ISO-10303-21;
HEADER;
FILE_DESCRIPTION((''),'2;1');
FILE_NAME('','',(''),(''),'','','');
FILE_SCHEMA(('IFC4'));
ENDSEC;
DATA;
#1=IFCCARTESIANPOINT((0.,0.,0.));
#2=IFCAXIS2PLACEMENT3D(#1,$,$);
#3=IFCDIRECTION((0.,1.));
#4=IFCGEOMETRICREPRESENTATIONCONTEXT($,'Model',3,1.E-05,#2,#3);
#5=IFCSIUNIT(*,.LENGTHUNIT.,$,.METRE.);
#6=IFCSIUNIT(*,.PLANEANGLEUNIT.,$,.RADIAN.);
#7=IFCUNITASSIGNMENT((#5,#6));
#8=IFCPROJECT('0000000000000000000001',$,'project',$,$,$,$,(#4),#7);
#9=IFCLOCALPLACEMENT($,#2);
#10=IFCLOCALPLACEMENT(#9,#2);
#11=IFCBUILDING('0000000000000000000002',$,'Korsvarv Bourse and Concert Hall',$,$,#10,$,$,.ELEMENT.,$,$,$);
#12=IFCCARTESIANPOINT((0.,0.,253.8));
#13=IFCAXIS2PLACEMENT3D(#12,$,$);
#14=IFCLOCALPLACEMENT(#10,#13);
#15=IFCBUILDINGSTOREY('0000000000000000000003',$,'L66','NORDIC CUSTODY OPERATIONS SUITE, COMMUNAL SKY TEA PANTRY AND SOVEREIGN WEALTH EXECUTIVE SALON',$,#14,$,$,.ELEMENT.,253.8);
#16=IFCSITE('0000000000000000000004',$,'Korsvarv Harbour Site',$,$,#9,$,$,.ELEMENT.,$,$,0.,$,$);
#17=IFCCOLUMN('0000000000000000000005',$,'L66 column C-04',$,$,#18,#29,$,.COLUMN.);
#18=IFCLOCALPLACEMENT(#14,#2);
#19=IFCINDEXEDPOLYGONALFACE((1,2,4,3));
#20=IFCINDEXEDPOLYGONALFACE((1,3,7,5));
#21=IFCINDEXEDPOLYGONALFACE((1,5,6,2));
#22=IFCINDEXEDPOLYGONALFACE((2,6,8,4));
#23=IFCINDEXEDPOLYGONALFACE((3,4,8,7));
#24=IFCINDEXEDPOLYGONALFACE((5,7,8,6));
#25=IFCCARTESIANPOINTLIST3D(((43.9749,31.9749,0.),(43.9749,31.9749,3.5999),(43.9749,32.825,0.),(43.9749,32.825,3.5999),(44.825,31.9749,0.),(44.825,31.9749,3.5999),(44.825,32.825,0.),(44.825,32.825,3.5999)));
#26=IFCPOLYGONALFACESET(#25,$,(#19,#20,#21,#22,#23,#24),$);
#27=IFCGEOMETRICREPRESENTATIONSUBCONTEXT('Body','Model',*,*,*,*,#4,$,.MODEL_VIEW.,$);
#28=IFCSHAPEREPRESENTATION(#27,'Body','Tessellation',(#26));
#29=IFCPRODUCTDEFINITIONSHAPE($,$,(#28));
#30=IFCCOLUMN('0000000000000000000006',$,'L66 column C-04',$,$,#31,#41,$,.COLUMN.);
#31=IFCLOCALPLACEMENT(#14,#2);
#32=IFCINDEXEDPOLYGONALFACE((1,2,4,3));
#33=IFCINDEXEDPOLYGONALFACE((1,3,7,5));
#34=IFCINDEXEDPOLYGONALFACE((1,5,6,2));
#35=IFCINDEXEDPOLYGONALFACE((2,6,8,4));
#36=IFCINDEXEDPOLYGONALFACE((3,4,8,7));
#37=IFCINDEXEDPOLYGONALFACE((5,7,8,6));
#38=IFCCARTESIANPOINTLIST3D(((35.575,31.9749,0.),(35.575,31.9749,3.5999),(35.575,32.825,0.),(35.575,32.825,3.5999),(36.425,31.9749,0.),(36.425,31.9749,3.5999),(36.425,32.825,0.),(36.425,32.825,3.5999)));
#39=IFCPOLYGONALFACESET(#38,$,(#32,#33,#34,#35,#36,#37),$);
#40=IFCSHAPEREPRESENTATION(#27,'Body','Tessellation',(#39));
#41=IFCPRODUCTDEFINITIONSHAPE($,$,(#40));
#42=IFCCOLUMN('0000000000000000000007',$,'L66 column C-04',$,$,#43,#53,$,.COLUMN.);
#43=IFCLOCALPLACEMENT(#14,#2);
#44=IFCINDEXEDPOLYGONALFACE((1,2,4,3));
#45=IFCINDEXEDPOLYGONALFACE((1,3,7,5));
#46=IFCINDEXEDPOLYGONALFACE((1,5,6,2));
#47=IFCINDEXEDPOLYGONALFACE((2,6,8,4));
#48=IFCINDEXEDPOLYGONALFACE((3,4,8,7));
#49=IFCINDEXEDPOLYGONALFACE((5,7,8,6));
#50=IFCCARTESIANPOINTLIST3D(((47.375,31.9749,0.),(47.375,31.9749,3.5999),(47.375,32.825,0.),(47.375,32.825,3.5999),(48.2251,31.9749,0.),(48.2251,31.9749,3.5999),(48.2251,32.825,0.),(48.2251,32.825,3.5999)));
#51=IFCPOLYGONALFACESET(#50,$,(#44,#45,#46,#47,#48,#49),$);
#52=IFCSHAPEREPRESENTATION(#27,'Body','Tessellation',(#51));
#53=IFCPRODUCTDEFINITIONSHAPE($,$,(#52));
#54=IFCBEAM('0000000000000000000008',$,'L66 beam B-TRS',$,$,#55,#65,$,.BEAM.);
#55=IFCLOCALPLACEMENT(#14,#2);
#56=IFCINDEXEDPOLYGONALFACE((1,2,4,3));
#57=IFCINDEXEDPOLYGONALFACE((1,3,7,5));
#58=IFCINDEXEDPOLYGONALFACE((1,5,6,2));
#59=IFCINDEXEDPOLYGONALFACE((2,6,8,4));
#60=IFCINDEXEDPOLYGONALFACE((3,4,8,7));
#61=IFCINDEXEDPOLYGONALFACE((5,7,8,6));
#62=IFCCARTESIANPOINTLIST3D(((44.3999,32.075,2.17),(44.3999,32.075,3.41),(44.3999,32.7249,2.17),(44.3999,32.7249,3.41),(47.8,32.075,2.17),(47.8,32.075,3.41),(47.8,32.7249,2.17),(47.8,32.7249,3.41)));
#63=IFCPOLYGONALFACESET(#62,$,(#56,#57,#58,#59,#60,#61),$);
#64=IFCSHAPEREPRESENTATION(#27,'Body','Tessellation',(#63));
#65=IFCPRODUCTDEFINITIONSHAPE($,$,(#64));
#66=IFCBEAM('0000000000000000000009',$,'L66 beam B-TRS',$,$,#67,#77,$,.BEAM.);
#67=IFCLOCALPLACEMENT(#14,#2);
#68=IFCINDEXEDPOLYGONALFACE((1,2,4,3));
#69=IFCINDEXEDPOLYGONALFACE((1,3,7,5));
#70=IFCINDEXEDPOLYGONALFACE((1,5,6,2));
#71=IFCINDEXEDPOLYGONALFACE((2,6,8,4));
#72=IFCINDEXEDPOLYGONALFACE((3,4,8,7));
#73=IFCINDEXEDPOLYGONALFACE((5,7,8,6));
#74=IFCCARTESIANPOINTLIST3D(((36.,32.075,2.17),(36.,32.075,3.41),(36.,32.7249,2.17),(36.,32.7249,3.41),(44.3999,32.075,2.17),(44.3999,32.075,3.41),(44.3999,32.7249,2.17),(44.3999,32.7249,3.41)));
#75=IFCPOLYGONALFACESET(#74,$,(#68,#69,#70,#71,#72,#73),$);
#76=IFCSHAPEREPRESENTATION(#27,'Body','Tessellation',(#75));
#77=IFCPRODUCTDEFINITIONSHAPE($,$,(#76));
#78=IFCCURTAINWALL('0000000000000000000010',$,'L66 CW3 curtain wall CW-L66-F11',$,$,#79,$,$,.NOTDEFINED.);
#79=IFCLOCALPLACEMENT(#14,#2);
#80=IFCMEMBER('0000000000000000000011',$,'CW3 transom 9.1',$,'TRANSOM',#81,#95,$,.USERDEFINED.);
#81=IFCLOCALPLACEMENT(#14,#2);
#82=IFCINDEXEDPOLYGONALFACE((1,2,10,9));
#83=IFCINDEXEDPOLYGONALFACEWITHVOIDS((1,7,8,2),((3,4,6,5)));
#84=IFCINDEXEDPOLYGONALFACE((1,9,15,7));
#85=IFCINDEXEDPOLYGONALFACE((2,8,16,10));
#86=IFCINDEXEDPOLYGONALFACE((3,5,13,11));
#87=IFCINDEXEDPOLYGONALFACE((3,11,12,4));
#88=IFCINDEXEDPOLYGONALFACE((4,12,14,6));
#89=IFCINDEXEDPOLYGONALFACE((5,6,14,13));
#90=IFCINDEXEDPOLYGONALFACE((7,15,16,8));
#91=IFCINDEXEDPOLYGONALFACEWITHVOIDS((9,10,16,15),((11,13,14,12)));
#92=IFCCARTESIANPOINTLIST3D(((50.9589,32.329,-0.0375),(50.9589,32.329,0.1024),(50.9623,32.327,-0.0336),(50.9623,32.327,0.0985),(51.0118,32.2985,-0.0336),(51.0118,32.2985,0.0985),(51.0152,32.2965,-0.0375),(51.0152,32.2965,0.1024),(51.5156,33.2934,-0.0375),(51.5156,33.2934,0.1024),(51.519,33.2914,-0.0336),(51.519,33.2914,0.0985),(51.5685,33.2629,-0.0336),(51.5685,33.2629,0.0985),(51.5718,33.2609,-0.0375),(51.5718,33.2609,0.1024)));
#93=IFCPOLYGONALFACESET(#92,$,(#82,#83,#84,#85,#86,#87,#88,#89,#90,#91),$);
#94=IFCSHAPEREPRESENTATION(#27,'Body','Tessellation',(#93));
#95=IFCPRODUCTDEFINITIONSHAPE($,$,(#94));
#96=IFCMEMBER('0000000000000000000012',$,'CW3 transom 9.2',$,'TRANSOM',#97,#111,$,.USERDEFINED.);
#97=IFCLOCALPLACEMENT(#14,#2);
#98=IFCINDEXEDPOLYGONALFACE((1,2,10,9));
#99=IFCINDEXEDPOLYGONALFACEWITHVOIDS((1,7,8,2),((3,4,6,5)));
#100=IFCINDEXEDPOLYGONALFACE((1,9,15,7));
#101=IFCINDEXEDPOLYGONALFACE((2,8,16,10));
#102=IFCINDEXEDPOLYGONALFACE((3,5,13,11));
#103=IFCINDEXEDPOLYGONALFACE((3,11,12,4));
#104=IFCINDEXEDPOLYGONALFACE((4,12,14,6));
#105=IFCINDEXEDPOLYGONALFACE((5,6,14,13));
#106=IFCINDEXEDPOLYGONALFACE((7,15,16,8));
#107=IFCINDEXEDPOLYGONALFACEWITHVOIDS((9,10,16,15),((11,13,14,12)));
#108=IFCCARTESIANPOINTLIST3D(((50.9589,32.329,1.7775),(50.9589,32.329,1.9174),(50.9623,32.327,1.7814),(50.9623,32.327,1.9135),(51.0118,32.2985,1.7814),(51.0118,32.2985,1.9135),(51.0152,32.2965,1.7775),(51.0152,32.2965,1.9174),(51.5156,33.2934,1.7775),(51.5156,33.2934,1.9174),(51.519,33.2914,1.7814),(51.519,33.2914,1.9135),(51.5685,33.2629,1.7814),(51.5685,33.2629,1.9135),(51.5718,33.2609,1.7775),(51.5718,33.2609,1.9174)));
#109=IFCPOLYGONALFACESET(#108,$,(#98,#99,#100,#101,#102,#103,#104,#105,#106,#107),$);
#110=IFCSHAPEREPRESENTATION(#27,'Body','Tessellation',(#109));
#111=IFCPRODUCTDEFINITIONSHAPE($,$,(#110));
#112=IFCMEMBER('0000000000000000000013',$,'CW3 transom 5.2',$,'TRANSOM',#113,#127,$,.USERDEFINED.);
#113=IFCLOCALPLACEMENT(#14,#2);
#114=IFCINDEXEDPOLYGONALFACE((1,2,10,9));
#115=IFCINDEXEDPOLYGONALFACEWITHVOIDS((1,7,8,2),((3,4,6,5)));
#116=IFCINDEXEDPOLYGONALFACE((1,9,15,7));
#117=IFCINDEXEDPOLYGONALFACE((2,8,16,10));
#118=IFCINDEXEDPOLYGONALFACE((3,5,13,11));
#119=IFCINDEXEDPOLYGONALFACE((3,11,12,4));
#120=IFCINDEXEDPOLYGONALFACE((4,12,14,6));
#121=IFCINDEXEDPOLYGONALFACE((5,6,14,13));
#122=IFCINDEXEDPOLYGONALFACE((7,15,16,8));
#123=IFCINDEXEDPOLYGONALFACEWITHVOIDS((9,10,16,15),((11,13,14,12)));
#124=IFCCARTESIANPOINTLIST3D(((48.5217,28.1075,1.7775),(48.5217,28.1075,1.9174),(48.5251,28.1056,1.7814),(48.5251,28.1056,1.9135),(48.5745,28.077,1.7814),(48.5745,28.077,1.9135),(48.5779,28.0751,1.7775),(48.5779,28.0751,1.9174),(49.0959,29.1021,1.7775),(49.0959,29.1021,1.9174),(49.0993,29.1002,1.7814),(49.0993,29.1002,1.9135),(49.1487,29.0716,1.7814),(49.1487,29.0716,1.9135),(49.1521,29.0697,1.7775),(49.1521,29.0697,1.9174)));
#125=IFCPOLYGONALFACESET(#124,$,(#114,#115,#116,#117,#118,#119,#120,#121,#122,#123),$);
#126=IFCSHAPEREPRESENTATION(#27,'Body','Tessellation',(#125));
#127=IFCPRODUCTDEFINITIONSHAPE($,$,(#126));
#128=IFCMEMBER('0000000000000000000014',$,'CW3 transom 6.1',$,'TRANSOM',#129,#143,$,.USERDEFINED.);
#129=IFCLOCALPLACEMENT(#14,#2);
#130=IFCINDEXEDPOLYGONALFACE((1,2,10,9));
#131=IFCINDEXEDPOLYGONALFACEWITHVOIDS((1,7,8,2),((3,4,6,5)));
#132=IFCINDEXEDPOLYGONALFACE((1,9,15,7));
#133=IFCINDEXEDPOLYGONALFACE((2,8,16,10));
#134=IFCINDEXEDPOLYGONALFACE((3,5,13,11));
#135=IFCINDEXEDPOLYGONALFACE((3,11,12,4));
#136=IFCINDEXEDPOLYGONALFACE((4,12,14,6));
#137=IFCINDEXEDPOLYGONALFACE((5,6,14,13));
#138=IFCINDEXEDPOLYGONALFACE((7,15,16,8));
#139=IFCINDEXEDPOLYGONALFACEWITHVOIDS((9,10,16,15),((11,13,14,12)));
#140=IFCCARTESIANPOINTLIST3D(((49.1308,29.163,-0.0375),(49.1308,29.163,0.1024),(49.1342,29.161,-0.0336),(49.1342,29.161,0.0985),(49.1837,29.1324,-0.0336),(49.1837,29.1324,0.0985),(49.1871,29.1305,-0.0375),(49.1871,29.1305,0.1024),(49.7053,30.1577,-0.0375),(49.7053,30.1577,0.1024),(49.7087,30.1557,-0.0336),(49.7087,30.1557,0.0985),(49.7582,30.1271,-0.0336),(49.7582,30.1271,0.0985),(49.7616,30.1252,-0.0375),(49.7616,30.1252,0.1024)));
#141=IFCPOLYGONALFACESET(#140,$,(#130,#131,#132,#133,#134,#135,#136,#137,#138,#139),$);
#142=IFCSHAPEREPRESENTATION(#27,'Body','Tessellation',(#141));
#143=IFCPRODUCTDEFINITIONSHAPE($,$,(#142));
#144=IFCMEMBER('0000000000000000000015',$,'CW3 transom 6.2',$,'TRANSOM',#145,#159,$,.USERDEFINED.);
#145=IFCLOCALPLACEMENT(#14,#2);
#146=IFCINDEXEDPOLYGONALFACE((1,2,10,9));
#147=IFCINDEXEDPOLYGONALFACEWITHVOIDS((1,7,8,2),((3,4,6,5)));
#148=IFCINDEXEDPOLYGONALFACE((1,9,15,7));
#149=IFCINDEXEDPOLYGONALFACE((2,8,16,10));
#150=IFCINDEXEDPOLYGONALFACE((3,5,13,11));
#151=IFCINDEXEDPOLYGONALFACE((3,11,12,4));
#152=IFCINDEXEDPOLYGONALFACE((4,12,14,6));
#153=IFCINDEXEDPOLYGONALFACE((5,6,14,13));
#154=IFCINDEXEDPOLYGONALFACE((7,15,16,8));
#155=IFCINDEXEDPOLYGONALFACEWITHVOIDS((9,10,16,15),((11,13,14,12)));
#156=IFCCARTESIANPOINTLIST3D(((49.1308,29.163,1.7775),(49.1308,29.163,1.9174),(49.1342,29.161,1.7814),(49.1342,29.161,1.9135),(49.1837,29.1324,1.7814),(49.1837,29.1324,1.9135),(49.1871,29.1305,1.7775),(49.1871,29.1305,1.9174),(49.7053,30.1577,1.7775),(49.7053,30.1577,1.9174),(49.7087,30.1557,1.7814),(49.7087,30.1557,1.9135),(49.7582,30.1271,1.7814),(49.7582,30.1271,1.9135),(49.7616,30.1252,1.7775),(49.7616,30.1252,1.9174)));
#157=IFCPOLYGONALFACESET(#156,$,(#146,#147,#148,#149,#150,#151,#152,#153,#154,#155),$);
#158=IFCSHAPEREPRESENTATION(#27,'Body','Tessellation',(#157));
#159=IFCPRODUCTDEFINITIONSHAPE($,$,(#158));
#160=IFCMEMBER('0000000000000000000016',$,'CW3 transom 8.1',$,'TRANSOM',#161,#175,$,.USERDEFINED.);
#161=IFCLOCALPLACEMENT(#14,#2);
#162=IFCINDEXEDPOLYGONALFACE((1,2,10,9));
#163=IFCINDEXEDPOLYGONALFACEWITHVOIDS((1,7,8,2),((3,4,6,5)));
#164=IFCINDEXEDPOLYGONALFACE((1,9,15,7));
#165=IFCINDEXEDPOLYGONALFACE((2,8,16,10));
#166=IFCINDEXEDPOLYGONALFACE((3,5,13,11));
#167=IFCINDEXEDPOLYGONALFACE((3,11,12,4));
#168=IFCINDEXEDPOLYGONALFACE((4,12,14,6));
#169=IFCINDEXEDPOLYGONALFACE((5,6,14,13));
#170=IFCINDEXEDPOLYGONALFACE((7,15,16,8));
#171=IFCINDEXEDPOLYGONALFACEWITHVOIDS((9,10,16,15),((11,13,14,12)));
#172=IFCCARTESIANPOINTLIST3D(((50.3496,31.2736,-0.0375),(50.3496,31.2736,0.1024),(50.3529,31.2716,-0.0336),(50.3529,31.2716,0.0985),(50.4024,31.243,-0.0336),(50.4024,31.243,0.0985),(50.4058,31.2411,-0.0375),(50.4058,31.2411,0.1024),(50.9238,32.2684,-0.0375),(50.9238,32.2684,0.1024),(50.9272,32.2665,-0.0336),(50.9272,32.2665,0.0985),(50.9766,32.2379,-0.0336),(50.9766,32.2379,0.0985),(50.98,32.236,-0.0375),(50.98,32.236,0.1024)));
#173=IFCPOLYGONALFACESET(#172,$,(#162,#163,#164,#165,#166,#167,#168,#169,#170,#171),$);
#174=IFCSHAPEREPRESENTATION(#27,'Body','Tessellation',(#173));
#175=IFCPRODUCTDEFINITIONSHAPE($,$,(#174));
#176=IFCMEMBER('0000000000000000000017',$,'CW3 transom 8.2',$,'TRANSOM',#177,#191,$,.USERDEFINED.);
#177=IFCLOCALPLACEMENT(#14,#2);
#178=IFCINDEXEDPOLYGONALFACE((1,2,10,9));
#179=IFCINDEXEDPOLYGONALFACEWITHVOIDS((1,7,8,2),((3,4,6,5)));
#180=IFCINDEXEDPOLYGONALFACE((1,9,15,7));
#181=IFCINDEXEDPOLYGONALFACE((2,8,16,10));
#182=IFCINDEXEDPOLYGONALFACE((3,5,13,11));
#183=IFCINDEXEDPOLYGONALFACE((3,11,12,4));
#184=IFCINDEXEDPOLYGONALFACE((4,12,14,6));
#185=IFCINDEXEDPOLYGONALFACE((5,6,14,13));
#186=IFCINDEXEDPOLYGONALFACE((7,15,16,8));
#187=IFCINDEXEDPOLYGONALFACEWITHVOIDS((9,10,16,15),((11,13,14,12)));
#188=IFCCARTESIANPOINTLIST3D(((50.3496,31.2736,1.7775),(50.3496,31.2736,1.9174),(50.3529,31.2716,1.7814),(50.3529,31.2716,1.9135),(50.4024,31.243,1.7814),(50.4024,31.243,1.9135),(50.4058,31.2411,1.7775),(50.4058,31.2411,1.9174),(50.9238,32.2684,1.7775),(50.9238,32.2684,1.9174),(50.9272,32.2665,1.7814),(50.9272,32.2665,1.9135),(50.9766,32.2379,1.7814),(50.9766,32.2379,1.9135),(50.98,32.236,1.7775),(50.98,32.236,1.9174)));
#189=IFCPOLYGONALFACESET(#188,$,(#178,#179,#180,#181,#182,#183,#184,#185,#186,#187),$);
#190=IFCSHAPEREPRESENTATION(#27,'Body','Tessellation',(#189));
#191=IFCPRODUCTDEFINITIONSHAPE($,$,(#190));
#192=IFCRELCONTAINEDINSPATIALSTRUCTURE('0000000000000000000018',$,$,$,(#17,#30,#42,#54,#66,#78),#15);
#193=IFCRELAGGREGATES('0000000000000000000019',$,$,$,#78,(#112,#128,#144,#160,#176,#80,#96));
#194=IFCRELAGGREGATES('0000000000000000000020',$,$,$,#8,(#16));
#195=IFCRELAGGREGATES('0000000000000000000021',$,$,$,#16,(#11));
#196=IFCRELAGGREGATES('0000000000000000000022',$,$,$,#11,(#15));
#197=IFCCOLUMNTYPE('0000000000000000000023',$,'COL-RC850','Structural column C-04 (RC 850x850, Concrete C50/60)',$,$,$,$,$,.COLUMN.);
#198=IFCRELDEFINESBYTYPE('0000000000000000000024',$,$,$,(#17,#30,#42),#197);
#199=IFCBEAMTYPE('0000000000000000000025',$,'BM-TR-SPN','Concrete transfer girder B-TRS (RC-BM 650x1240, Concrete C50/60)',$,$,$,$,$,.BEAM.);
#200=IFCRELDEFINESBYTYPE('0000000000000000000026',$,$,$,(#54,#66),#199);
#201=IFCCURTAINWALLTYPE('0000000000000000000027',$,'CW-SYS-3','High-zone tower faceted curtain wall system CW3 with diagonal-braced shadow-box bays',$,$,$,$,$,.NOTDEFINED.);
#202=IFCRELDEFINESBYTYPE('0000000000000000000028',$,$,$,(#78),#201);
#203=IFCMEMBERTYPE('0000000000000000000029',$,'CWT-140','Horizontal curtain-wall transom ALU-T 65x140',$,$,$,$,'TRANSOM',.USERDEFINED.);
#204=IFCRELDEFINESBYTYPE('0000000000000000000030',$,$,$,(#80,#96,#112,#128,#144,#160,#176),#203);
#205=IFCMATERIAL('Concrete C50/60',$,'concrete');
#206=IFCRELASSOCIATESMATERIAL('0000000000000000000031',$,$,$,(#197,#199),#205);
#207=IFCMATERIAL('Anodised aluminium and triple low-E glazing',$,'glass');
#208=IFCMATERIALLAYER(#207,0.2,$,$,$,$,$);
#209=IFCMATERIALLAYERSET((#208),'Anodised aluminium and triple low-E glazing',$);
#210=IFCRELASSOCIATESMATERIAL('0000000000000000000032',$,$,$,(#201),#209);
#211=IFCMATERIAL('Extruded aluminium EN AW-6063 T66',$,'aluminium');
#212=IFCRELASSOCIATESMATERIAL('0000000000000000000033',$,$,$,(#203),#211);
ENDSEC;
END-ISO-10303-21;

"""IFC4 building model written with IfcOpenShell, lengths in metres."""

from ifc_helpers import new_model, si_unit, direction, frame, origin, origin_2d, place, context, subcontext, project, spatial, rectangle, hollow_rectangle, extrude, source, transform, mapped, material, layer, layer_set, material_profile, profile_set, type_object, element, aggregate, save


model = new_model("IFC4")

# Units and contexts
model_context = context("Model", 3, precision=1e-05, world=origin(), true_north=direction((0.0, 1.0)))
body_context = subcontext(model_context, "Body", "Model", "MODEL_VIEW")
ifc_project = project(units=[si_unit("LENGTHUNIT", "METRE"), si_unit("PLANEANGLEUNIT", "RADIAN")], contexts=[model_context])

# Site, building, storey
site_placement = place(None, origin())
site = spatial("IfcSite", under=ifc_project, at=site_placement, Name="Korsvarv Harbour Site", CompositionType="ELEMENT", RefElevation=0.0)
building_placement = place(site_placement, origin())
building = spatial("IfcBuilding", under=site, at=building_placement, Name="Korsvarv Bourse and Concert Hall", CompositionType="ELEMENT")
storey_placement = place(building_placement, frame((0.0, 0.0, 253.8)))
storey = spatial("IfcBuildingStorey", under=building, at=storey_placement, Name="L66", Description="NORDIC CUSTODY OPERATIONS SUITE, COMMUNAL SKY TEA PANTRY AND SOVEREIGN WEALTH EXECUTIVE SALON", CompositionType="ELEMENT", Elevation=253.8)

# Columns
ifc_material_1 = material(Name="Concrete C50/60", Category="concrete")
ifc_material_profile_1 = material_profile(ifc_material_1, rectangle(XDim=0.8501, YDim=0.8501, at=origin_2d()), Name="RC 850x850")
ifc_profile_set_1 = profile_set([ifc_material_profile_1], Name="Concrete C50/60")
column_type = type_object("IfcColumnType", Name="COL-RC850", Description="Structural column C-04 (RC 850x850, Concrete C50/60)", PredefinedType="COLUMN", material=ifc_profile_set_1)
shared_shape_1 = source(origin(), body_context, "Body", "SweptSolid", [
    extrude(rectangle(XDim=0.8501, YDim=0.8501, at=origin_2d()), origin(), (0.0, 0.0, 1.0), 3.5999),
])
for number, where, z_axis, x_axis, name in (
    (1, (44.3999, 32.3999, 0.0), (0.0, 0.0, 1.0), (1.0, 0.0, 0.0), "L66 column C-04"),
    (2, (36.0, 32.3999, 0.0), (0.0, 0.0, 1.0), (1.0, 0.0, 0.0), "L66 column C-04"),
    (3, (47.8, 32.3999, 0.0), (0.0, 0.0, 1.0), (1.0, 0.0, 0.0), "L66 column C-04"),
):
    element("IfcColumn", number, at=place(storey_placement, frame(where, z_axis=z_axis, x_axis=x_axis)), inside=storey, type_object=column_type, Name=name, PredefinedType="COLUMN", context=body_context, shape_type="MappedRepresentation", body=[
        mapped(shared_shape_1, transform((0.0, 0.0, 0.0), scale=1.0)),
    ])

# Beams
ifc_material_profile_2 = material_profile(ifc_material_1, rectangle(XDim=0.6499, YDim=1.24, at=origin_2d()), Name="RC-BM 650x1240")
ifc_profile_set_2 = profile_set([ifc_material_profile_2], Name="Concrete C50/60")
beam_type = type_object("IfcBeamType", Name="BM-TR-SPN", Description="Concrete transfer girder B-TRS (RC-BM 650x1240, Concrete C50/60)", PredefinedType="BEAM", material=ifc_profile_set_2)
shared_shape_2 = source(origin(), body_context, "Body", "SweptSolid", [
    extrude(rectangle(XDim=0.6499, YDim=1.24, at=origin_2d()), origin(), (0.0, 0.0, 1.0), 3.4001),
])
beam_1_placement = place(storey_placement, frame((44.3999, 32.3999, 2.79), z_axis=(1.0, 0.0, 0.0), x_axis=(0.0, 1.0, 0.0)))
element("IfcBeam", 4, at=beam_1_placement, inside=storey, type_object=beam_type, Name="L66 beam B-TRS", PredefinedType="BEAM", context=body_context, shape_type="MappedRepresentation", body=[
    mapped(shared_shape_2, transform((0.0, 0.0, 0.0), scale=1.0)),
])
shared_shape_3 = source(origin(), body_context, "Body", "SweptSolid", [
    extrude(rectangle(XDim=0.6499, YDim=1.24, at=origin_2d()), origin(), (0.0, 0.0, 1.0), 8.3999),
])
beam_2_placement = place(storey_placement, frame((36.0, 32.3999, 2.79), z_axis=(1.0, 0.0, 0.0), x_axis=(0.0, 1.0, 0.0)))
element("IfcBeam", 5, at=beam_2_placement, inside=storey, type_object=beam_type, Name="L66 beam B-TRS", PredefinedType="BEAM", context=body_context, shape_type="MappedRepresentation", body=[
    mapped(shared_shape_3, transform((0.0, 0.0, 0.0), scale=1.0)),
])

# Curtain wall, members
ifc_material_2 = material(Name="Anodised aluminium and triple low-E glazing", Category="glass")
ifc_layer_1 = layer(ifc_material_2, 0.2)
ifc_layer_set_1 = layer_set([ifc_layer_1], Name="Anodised aluminium and triple low-E glazing")
curtain_wall_type = type_object("IfcCurtainWallType", Name="CW-SYS-3", Description="High-zone tower faceted curtain wall system CW3 with diagonal-braced shadow-box bays", PredefinedType="NOTDEFINED", material=ifc_layer_set_1)
curtain_wall_placement = place(storey_placement, origin())
curtain_wall = element("IfcCurtainWall", 6, at=curtain_wall_placement, inside=storey, type_object=curtain_wall_type, Name="L66 CW3 curtain wall CW-L66-F11", PredefinedType="NOTDEFINED")
ifc_material_3 = material(Name="Extruded aluminium EN AW-6063 T66", Category="aluminium")
ifc_material_profile_3 = material_profile(ifc_material_3, hollow_rectangle(XDim=0.0649, YDim=0.1399, WallThickness=0.0039, at=origin_2d()), Name="ALU-T 65x140")
ifc_profile_set_3 = profile_set([ifc_material_profile_3], Name="Extruded aluminium EN AW-6063 T66")
member_type_1 = type_object("IfcMemberType", Name="CWT-140", Description="Horizontal curtain-wall transom ALU-T 65x140", ElementType="TRANSOM", PredefinedType="USERDEFINED", material=ifc_profile_set_3)
shared_shape_4 = source(origin(), body_context, "Body", "SweptSolid", [
    extrude(hollow_rectangle(XDim=0.0649, YDim=0.1399, WallThickness=0.0039, at=origin_2d()), origin(), (0.0, 0.0, 1.0), 1.1135),
])
member_1_placement = place(storey_placement, frame((50.9871, 32.3127, 0.0325), z_axis=(0.499912, 0.866076, 0.0), x_axis=(-0.866076, 0.499912, 0.0)))
member_1 = element("IfcMember", 7, at=member_1_placement, type_object=member_type_1, Name="CW3 transom 9.1", ObjectType="TRANSOM", PredefinedType="USERDEFINED", context=body_context, shape_type="MappedRepresentation", body=[
    mapped(shared_shape_4, transform((0.0, 0.0, 0.0), scale=1.0)),
])
member_2_placement = place(storey_placement, frame((50.9871, 32.3127, 1.8474), z_axis=(0.499912, 0.866076, 0.0), x_axis=(-0.866076, 0.499912, 0.0)))
member_2 = element("IfcMember", 8, at=member_2_placement, type_object=member_type_1, Name="CW3 transom 9.2", ObjectType="TRANSOM", PredefinedType="USERDEFINED", context=body_context, shape_type="MappedRepresentation", body=[
    mapped(shared_shape_4, transform((0.0, 0.0, 0.0), scale=1.0)),
])
shared_shape_5 = source(origin(), body_context, "Body", "SweptSolid", [
    extrude(hollow_rectangle(XDim=0.0649, YDim=0.1399, WallThickness=0.0039, at=origin_2d()), origin(), (0.0, 0.0, 1.0), 1.1484),
])
member_3_placement = place(storey_placement, frame((48.5498, 28.0913, 1.8474), z_axis=(0.49998, 0.866037, 0.0), x_axis=(-0.866037, 0.49998, 0.0)))
member_3 = element("IfcMember", 9, at=member_3_placement, type_object=member_type_1, Name="CW3 transom 5.2", ObjectType="TRANSOM", PredefinedType="USERDEFINED", context=body_context, shape_type="MappedRepresentation", body=[
    mapped(shared_shape_5, transform((0.0, 0.0, 0.0), scale=1.0)),
])
shared_shape_6 = source(origin(), body_context, "Body", "SweptSolid", [
    extrude(hollow_rectangle(XDim=0.0649, YDim=0.1399, WallThickness=0.0039, at=origin_2d()), origin(), (0.0, 0.0, 1.0), 1.1487),
])
member_4_placement = place(storey_placement, frame((49.1589, 29.1467, 0.0325), z_axis=(0.500139, 0.865945, 0.0), x_axis=(-0.865945, 0.500139, 0.0)))
member_4 = element("IfcMember", 10, at=member_4_placement, type_object=member_type_1, Name="CW3 transom 6.1", ObjectType="TRANSOM", PredefinedType="USERDEFINED", context=body_context, shape_type="MappedRepresentation", body=[
    mapped(shared_shape_6, transform((0.0, 0.0, 0.0), scale=1.0)),
])
member_5_placement = place(storey_placement, frame((49.1589, 29.1467, 1.8474), z_axis=(0.500139, 0.865945, 0.0), x_axis=(-0.865945, 0.500139, 0.0)))
member_5 = element("IfcMember", 11, at=member_5_placement, type_object=member_type_1, Name="CW3 transom 6.2", ObjectType="TRANSOM", PredefinedType="USERDEFINED", context=body_context, shape_type="MappedRepresentation", body=[
    mapped(shared_shape_6, transform((0.0, 0.0, 0.0), scale=1.0)),
])
member_6_placement = place(storey_placement, frame((50.3777, 31.2573, 0.0325), z_axis=(0.499888, 0.86609, 0.0), x_axis=(-0.86609, 0.499888, 0.0)))
member_6 = element("IfcMember", 12, at=member_6_placement, type_object=member_type_1, Name="CW3 transom 8.1", ObjectType="TRANSOM", PredefinedType="USERDEFINED", context=body_context, shape_type="MappedRepresentation", body=[
    mapped(shared_shape_6, transform((0.0, 0.0, 0.0), scale=1.0)),
])
member_7_placement = place(storey_placement, frame((50.3777, 31.2573, 1.8474), z_axis=(0.499888, 0.86609, 0.0), x_axis=(-0.86609, 0.499888, 0.0)))
member_7 = element("IfcMember", 13, at=member_7_placement, type_object=member_type_1, Name="CW3 transom 8.2", ObjectType="TRANSOM", PredefinedType="USERDEFINED", context=body_context, shape_type="MappedRepresentation", body=[
    mapped(shared_shape_6, transform((0.0, 0.0, 0.0), scale=1.0)),
])
aggregate(curtain_wall, [member_3, member_4, member_5, member_6, member_7, member_1, member_2])

save(model, "model.ifc")
